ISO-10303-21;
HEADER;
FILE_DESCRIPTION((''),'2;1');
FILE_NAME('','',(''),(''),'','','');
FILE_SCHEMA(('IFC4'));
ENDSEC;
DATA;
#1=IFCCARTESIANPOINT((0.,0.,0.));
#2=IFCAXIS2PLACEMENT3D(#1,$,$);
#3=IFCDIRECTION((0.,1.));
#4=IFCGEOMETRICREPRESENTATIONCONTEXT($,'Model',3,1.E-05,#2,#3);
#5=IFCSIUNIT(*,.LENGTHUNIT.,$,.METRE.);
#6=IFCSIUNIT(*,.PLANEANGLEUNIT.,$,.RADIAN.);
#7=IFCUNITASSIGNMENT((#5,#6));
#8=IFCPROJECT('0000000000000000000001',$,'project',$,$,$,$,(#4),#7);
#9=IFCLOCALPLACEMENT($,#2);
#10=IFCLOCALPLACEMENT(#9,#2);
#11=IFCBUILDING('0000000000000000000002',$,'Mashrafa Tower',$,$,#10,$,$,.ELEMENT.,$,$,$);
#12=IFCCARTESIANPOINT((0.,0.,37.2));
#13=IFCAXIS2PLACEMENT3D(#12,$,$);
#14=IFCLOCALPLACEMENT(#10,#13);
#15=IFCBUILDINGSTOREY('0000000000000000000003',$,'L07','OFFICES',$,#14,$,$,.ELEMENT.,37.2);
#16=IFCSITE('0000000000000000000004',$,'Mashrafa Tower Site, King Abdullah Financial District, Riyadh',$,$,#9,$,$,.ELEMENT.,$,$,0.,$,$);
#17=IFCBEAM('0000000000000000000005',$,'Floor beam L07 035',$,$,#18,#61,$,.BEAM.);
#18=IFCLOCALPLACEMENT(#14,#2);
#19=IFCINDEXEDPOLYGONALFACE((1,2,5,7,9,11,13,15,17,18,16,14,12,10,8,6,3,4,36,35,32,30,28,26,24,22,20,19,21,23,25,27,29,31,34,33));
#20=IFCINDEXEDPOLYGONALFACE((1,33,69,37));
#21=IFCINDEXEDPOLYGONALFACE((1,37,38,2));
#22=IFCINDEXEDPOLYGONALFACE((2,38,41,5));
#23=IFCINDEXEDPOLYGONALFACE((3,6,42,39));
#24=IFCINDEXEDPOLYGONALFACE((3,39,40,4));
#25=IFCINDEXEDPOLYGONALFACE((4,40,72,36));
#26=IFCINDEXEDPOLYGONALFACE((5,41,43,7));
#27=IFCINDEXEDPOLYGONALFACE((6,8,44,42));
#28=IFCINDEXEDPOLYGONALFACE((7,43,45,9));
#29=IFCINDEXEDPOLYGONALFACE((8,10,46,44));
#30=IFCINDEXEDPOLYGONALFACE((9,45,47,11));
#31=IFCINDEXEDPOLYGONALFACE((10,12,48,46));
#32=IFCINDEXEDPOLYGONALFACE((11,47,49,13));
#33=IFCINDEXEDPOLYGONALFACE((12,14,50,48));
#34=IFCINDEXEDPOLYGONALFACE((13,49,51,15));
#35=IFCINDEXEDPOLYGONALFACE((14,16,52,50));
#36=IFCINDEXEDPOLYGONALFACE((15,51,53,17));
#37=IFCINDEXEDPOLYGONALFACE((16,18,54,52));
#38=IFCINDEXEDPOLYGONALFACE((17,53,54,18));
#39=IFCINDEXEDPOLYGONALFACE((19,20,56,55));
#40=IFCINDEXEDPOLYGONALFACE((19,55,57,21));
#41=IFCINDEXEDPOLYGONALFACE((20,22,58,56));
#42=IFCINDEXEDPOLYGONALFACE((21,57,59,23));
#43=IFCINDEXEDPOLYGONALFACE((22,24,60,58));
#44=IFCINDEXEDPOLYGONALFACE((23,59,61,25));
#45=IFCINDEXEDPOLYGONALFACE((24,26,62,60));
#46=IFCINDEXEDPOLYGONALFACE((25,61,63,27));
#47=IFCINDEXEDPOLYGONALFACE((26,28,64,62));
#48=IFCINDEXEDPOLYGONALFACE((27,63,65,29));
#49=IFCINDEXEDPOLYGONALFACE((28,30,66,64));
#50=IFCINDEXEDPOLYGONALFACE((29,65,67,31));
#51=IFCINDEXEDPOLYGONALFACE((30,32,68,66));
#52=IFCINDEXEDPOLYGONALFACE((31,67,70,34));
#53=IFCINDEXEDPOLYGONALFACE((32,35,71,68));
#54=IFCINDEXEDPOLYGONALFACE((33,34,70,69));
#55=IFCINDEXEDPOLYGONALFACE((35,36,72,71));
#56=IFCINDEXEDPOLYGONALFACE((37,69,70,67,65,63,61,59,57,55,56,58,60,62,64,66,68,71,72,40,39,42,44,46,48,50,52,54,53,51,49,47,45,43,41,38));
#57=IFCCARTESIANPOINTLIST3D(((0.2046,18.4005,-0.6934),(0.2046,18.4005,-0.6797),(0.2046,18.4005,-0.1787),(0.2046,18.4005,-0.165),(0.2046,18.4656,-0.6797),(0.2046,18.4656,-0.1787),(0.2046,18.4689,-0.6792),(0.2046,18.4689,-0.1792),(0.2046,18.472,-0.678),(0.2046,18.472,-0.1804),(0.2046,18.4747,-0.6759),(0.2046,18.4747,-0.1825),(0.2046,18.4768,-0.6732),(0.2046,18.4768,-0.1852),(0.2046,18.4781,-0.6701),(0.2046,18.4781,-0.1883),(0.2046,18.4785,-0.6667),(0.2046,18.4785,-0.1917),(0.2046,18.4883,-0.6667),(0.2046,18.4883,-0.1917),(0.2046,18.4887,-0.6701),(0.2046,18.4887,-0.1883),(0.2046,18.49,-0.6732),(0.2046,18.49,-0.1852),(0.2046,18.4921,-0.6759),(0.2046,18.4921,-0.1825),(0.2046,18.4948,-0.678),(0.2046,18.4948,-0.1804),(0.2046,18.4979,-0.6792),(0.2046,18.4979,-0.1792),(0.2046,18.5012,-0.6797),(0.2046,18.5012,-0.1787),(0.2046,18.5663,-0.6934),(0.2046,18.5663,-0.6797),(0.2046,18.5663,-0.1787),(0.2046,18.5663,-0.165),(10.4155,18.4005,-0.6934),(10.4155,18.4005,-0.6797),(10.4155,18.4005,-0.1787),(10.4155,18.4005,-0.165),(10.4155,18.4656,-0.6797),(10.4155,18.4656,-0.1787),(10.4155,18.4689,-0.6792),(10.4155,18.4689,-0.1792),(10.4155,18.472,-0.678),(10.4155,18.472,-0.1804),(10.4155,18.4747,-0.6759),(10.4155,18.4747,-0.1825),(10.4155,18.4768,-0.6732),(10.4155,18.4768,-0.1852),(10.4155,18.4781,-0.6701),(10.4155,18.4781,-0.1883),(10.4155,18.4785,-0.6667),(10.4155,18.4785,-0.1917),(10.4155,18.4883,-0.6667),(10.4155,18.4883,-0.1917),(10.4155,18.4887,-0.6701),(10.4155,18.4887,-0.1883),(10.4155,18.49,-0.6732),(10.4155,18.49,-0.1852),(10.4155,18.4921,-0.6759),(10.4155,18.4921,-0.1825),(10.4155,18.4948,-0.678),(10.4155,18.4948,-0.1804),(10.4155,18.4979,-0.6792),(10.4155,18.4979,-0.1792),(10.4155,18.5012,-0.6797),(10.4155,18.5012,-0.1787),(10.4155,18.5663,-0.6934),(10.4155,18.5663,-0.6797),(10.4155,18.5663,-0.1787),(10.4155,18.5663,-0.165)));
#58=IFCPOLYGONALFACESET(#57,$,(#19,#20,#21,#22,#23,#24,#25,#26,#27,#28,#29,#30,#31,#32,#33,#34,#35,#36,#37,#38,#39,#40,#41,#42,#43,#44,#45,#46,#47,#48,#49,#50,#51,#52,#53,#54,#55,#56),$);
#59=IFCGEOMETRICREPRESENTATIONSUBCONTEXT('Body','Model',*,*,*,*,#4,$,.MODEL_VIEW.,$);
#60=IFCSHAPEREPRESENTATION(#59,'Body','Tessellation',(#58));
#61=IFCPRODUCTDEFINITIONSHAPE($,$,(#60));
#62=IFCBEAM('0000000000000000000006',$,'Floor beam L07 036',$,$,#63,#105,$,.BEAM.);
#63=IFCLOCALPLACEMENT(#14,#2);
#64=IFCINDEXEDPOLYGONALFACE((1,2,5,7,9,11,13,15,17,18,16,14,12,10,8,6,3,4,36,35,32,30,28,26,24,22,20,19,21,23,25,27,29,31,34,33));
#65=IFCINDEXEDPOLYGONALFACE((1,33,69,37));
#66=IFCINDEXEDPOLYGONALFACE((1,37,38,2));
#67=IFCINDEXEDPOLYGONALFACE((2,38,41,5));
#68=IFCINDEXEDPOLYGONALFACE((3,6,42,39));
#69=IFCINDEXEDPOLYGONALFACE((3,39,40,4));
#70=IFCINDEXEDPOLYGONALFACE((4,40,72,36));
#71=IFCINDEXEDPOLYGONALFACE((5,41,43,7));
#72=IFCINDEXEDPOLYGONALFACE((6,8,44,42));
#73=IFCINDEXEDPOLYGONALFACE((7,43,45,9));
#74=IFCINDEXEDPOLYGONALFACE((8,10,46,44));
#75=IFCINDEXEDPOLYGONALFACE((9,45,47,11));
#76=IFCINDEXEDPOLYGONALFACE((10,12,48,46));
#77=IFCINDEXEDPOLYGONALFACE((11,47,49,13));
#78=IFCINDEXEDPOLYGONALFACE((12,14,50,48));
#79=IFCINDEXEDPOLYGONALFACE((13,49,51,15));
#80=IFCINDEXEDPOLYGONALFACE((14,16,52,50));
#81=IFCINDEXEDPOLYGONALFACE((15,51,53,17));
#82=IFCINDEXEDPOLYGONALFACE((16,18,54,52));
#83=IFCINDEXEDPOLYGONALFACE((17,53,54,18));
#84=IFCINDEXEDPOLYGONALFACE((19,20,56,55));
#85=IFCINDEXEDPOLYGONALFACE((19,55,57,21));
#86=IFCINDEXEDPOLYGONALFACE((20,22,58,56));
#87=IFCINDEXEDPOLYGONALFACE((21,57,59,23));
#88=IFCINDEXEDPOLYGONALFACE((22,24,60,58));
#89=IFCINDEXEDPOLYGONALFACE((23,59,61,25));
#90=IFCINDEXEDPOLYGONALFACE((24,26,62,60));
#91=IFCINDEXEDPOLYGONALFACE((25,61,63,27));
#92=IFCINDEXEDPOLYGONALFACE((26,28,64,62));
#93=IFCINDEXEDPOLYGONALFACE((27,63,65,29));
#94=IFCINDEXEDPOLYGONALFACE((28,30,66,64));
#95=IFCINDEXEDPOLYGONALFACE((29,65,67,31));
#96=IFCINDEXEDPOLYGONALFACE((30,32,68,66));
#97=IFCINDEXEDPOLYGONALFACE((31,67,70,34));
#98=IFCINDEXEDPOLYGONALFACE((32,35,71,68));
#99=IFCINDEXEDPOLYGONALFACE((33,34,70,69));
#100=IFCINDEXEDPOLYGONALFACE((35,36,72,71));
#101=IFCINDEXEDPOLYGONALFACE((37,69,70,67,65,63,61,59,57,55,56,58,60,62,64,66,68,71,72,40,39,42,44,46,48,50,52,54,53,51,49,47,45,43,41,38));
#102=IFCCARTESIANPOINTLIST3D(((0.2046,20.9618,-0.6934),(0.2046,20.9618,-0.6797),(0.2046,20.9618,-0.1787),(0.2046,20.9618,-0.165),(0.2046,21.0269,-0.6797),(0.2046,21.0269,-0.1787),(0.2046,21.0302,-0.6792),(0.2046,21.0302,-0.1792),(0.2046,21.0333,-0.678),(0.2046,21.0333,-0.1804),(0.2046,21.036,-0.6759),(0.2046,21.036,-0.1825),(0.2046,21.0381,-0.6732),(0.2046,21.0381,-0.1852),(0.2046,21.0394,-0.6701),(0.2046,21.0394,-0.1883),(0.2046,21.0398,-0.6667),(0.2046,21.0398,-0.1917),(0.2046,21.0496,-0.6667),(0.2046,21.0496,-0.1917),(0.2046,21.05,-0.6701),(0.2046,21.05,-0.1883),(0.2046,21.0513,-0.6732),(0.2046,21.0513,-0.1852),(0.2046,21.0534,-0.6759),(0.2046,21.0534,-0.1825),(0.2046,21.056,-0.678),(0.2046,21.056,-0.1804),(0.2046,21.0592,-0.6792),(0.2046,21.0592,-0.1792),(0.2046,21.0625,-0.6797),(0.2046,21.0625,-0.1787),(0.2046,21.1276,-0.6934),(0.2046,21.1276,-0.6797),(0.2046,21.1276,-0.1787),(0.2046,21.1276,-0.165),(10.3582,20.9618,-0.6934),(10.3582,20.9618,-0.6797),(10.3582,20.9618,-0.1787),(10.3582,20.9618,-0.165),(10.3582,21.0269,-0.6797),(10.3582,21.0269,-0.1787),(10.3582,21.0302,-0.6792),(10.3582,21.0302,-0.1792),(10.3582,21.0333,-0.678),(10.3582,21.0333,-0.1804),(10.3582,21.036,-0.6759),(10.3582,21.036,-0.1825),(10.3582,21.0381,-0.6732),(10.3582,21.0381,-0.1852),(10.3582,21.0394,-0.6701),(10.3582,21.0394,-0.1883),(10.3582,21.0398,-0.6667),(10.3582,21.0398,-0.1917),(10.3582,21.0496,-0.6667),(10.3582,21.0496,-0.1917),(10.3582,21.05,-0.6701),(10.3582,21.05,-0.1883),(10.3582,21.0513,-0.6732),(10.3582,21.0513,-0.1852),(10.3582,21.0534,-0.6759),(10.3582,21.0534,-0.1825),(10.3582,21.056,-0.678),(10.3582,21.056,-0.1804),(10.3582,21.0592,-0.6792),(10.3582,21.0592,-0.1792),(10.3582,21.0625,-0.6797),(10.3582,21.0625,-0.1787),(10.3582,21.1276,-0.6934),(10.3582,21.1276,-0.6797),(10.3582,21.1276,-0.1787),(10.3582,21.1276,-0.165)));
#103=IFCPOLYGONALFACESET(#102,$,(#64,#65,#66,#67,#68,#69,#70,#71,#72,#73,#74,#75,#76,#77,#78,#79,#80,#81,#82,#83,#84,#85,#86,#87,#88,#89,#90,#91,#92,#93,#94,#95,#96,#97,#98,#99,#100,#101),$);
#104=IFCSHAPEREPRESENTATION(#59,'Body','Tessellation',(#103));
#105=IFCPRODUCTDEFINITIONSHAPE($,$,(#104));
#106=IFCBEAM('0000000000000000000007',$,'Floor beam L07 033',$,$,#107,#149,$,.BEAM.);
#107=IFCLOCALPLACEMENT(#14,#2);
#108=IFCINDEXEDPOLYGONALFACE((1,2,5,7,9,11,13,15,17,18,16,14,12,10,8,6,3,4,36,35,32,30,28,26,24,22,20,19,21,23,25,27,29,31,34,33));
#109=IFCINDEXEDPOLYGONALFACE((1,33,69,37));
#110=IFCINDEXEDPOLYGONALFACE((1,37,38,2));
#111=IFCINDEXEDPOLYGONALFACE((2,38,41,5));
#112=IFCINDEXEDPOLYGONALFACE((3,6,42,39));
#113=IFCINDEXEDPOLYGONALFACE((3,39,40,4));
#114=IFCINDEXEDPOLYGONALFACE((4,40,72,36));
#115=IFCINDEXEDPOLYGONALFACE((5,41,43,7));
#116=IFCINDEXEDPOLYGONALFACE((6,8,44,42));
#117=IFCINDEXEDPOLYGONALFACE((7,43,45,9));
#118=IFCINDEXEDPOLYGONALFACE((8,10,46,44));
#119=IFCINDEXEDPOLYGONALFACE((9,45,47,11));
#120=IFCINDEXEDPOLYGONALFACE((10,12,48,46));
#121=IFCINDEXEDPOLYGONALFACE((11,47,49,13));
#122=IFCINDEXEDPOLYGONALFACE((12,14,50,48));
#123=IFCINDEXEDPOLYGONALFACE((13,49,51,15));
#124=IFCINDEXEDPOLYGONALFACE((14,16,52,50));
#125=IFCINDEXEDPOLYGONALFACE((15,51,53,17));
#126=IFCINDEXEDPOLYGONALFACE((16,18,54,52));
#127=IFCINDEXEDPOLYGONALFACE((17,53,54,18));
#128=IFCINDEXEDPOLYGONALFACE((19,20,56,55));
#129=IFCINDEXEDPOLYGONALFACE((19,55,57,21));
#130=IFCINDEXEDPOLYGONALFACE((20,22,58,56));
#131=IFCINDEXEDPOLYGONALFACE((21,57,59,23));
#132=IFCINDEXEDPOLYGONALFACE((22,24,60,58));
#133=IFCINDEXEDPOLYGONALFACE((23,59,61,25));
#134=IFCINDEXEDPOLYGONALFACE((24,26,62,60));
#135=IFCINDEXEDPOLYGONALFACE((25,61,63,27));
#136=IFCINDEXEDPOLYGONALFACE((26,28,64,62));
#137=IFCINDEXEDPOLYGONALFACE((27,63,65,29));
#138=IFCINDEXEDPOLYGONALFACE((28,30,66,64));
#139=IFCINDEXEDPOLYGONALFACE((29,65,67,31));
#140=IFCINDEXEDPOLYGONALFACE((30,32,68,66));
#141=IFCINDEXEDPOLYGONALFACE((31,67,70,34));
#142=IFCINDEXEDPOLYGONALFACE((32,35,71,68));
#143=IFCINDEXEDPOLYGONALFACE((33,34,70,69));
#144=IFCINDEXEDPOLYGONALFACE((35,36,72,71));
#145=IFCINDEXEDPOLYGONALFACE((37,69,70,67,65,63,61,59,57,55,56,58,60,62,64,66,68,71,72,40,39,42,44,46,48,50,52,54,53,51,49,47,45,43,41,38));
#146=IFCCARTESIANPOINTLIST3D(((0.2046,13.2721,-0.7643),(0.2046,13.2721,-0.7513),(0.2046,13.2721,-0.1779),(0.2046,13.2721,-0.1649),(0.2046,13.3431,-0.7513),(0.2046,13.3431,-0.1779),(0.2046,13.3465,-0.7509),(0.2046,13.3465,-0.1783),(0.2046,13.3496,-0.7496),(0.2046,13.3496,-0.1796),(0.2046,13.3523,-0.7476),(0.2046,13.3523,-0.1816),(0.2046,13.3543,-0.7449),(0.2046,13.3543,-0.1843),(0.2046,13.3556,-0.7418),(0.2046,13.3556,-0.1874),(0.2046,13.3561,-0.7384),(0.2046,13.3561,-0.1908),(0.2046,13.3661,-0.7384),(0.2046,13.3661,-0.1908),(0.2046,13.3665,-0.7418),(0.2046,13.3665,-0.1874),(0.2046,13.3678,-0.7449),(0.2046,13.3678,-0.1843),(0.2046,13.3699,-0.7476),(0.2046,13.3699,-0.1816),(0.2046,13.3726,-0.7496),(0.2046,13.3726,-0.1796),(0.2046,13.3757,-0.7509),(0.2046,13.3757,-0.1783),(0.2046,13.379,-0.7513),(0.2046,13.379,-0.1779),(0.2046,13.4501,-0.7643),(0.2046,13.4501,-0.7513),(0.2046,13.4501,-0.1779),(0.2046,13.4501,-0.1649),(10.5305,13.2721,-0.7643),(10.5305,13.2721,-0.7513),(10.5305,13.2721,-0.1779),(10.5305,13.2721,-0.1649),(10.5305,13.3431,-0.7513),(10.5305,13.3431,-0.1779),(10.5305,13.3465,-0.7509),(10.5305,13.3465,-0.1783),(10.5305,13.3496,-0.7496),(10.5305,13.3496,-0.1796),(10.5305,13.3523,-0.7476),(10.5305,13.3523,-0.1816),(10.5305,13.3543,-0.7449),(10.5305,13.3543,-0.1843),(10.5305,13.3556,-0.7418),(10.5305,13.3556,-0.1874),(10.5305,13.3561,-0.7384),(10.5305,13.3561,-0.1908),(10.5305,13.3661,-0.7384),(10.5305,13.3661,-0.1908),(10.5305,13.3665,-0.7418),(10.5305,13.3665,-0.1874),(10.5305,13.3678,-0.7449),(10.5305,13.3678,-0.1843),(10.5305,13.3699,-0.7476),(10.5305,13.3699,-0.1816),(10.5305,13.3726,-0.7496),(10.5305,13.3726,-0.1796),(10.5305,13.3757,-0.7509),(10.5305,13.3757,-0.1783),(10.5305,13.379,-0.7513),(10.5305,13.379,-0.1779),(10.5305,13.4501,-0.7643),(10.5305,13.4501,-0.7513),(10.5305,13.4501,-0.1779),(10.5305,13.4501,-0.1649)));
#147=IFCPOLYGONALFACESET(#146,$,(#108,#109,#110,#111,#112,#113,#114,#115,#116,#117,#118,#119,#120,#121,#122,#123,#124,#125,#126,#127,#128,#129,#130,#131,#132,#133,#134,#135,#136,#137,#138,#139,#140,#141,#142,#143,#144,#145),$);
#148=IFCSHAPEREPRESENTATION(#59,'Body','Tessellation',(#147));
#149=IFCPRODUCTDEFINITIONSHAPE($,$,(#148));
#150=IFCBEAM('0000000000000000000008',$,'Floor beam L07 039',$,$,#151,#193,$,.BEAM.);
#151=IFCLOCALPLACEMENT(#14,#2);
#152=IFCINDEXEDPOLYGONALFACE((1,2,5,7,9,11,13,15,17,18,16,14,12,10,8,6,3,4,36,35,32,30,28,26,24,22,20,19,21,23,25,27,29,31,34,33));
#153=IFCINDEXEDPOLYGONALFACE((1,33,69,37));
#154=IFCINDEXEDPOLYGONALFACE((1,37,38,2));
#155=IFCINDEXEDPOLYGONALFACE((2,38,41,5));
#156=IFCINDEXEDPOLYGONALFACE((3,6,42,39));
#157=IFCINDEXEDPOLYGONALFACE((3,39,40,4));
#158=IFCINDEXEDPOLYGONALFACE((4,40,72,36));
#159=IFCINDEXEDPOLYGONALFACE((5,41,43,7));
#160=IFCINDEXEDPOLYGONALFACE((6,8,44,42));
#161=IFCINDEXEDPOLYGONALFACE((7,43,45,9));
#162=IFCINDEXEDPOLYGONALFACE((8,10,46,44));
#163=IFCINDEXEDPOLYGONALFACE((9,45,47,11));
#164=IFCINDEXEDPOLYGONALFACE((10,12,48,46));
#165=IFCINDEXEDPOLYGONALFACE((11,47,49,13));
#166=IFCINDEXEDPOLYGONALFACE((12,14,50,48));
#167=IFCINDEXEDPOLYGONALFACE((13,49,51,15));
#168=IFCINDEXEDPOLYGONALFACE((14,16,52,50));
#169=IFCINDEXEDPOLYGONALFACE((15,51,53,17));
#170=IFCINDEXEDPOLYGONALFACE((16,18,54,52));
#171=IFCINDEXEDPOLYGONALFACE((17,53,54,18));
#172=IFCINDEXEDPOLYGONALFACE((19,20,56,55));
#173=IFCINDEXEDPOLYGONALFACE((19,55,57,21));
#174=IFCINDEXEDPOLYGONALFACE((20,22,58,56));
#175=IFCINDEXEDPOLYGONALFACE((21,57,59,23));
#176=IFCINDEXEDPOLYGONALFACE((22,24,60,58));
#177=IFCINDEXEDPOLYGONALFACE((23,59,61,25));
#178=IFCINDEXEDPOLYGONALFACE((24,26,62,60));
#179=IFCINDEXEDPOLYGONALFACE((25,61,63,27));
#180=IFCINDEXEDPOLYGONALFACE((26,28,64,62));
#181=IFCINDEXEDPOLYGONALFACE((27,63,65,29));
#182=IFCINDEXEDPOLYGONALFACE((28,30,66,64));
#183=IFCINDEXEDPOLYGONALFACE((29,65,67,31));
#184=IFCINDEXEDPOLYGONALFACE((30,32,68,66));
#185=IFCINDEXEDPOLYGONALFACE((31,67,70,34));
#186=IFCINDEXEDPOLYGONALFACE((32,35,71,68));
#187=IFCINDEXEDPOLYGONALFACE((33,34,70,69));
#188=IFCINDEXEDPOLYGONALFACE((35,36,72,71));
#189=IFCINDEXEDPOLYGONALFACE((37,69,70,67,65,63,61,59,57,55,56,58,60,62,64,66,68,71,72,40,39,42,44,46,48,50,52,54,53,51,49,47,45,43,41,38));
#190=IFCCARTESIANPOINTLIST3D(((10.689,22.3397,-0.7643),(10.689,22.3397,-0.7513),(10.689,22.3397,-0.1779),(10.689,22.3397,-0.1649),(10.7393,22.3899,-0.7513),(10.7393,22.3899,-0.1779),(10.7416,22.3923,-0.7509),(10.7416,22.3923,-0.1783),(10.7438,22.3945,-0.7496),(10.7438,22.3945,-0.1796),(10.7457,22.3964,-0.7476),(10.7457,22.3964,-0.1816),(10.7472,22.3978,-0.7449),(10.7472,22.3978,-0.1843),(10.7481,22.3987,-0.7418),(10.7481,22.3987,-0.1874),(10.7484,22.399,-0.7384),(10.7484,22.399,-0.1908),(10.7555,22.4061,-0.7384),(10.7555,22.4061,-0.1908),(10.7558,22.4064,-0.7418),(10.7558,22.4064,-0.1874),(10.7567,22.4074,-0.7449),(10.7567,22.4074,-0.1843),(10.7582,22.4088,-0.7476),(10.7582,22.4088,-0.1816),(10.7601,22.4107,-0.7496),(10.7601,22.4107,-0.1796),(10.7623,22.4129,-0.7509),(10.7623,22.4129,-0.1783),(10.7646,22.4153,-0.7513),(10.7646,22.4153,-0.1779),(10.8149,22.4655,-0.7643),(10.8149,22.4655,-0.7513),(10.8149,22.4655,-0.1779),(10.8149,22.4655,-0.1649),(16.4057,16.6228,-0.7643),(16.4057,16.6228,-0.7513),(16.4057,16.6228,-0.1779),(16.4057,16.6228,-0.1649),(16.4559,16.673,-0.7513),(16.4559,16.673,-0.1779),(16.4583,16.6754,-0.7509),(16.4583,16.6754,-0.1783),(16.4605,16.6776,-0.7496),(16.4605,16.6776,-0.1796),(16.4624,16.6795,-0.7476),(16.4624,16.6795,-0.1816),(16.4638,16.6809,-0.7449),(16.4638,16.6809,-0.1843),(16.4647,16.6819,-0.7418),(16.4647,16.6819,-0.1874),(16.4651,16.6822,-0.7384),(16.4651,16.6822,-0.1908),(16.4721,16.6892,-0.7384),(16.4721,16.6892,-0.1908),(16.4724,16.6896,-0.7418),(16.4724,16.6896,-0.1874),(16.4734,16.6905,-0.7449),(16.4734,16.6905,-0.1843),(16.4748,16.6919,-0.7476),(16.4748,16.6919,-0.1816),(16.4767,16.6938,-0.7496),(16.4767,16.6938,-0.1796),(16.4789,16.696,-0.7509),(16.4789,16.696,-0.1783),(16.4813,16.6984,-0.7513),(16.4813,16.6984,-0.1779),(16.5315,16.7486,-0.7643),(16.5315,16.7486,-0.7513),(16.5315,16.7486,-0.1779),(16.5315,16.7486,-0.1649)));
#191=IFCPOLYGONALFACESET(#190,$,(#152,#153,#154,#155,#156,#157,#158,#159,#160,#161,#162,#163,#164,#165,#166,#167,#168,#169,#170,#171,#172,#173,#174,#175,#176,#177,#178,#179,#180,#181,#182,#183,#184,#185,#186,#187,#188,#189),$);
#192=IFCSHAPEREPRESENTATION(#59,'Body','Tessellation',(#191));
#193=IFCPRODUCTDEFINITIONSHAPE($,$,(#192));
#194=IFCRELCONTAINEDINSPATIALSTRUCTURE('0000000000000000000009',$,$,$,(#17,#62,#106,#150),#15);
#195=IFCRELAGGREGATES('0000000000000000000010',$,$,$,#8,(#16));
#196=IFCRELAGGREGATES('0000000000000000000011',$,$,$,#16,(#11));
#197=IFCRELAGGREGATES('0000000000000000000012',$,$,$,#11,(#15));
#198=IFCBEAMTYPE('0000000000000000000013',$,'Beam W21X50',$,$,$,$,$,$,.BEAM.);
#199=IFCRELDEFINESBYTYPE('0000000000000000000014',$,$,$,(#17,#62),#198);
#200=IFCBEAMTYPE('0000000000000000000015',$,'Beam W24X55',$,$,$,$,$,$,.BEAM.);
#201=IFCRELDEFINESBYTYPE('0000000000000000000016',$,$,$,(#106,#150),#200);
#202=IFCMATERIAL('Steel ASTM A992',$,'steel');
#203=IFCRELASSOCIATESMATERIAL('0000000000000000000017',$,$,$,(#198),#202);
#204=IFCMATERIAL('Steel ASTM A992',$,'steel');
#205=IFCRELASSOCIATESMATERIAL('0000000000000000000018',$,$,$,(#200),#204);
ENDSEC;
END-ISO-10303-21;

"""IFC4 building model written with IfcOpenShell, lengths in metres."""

from ifc_helpers import new_model, si_unit, direction, frame, origin, origin_2d, place, context, subcontext, project, spatial, i_section, extrude, material, material_profile, profile_set, type_object, element, save


model = new_model("IFC4")

# Units and contexts
model_context = context("Model", 3, precision=1e-05, world=origin(), true_north=direction((0.0, 1.0)))
body_context = subcontext(model_context, "Body", "Model", "MODEL_VIEW")
ifc_project = project(units=[si_unit("LENGTHUNIT", "METRE"), si_unit("PLANEANGLEUNIT", "RADIAN")], contexts=[model_context])

# Site, building, storey
site_placement = place(None, origin())
site = spatial("IfcSite", under=ifc_project, at=site_placement, Name="Mashrafa Tower Site, King Abdullah Financial District, Riyadh", CompositionType="ELEMENT", RefElevation=0.0)
building_placement = place(site_placement, origin())
building = spatial("IfcBuilding", under=site, at=building_placement, Name="Mashrafa Tower", CompositionType="ELEMENT")
storey_placement = place(building_placement, frame((0.0, 0.0, 37.2)))
storey = spatial("IfcBuildingStorey", under=building, at=storey_placement, Name="L07", Description="OFFICES", CompositionType="ELEMENT", Elevation=37.2)

# Beams
ifc_material_1 = material(Name="Steel ASTM A992", Category="steel")
ifc_material_profile_1 = material_profile(ifc_material_1, i_section(OverallWidth=0.1658, OverallDepth=0.5283, WebThickness=0.0098, FlangeThickness=0.0137, FilletRadius=0.0129, at=origin_2d()), Name="W21X50")
ifc_profile_set_1 = profile_set([ifc_material_profile_1], Name="Steel ASTM A992")
beam_type_1 = type_object("IfcBeamType", Name="Beam W21X50", PredefinedType="BEAM", material=ifc_profile_set_1)
beam_1_placement = place(storey_placement, frame((0.2046, 18.4834, -0.4292), z_axis=(1.0, 0.0, 0.0), x_axis=(0.0, 1.0, 0.0)))
element("IfcBeam", 1, at=beam_1_placement, inside=storey, type_object=beam_type_1, Name="Floor beam L07 035", PredefinedType="BEAM", context=body_context, shape_type="SweptSolid", body=[
    extrude(i_section(OverallWidth=0.1658, OverallDepth=0.5283, WebThickness=0.0098, FlangeThickness=0.0137, FilletRadius=0.0129, at=origin_2d()), origin(), (0.0, 0.0, 1.0), 10.2109),
])
beam_2_placement = place(storey_placement, frame((0.2046, 21.0447, -0.4292), z_axis=(1.0, 0.0, 0.0), x_axis=(0.0, 1.0, 0.0)))
element("IfcBeam", 2, at=beam_2_placement, inside=storey, type_object=beam_type_1, Name="Floor beam L07 036", PredefinedType="BEAM", context=body_context, shape_type="SweptSolid", body=[
    extrude(i_section(OverallWidth=0.1658, OverallDepth=0.5283, WebThickness=0.0098, FlangeThickness=0.0137, FilletRadius=0.0129, at=origin_2d()), origin(), (0.0, 0.0, 1.0), 10.1536),
])
ifc_material_2 = material(Name="Steel ASTM A992", Category="steel")
ifc_material_profile_2 = material_profile(ifc_material_2, i_section(OverallWidth=0.178, OverallDepth=0.5994, WebThickness=0.01, FlangeThickness=0.0129, FilletRadius=0.0129, at=origin_2d()), Name="W24X55")
ifc_profile_set_2 = profile_set([ifc_material_profile_2], Name="Steel ASTM A992")
beam_type_2 = type_object("IfcBeamType", Name="Beam W24X55", PredefinedType="BEAM", material=ifc_profile_set_2)
beam_3_placement = place(storey_placement, frame((0.2046, 13.3611, -0.4646), z_axis=(1.0, 0.0, 0.0), x_axis=(0.0, 1.0, 0.0)))
element("IfcBeam", 3, at=beam_3_placement, inside=storey, type_object=beam_type_2, Name="Floor beam L07 033", PredefinedType="BEAM", context=body_context, shape_type="SweptSolid", body=[
    extrude(i_section(OverallWidth=0.178, OverallDepth=0.5994, WebThickness=0.01, FlangeThickness=0.0129, FilletRadius=0.0129, at=origin_2d()), origin(), (0.0, 0.0, 1.0), 10.3259),
])
beam_4_placement = place(storey_placement, frame((10.752, 22.4026, -0.4646), z_axis=(0.707092, -0.707122, 0.0), x_axis=(0.707122, 0.707092, 0.0)))
element("IfcBeam", 4, at=beam_4_placement, inside=storey, type_object=beam_type_2, Name="Floor beam L07 039", PredefinedType="BEAM", context=body_context, shape_type="SweptSolid", body=[
    extrude(i_section(OverallWidth=0.178, OverallDepth=0.5994, WebThickness=0.01, FlangeThickness=0.0129, FilletRadius=0.0129, at=origin_2d()), origin(), (0.0, 0.0, 1.0), 8.0847),
])

save(model, "model.ifc")
